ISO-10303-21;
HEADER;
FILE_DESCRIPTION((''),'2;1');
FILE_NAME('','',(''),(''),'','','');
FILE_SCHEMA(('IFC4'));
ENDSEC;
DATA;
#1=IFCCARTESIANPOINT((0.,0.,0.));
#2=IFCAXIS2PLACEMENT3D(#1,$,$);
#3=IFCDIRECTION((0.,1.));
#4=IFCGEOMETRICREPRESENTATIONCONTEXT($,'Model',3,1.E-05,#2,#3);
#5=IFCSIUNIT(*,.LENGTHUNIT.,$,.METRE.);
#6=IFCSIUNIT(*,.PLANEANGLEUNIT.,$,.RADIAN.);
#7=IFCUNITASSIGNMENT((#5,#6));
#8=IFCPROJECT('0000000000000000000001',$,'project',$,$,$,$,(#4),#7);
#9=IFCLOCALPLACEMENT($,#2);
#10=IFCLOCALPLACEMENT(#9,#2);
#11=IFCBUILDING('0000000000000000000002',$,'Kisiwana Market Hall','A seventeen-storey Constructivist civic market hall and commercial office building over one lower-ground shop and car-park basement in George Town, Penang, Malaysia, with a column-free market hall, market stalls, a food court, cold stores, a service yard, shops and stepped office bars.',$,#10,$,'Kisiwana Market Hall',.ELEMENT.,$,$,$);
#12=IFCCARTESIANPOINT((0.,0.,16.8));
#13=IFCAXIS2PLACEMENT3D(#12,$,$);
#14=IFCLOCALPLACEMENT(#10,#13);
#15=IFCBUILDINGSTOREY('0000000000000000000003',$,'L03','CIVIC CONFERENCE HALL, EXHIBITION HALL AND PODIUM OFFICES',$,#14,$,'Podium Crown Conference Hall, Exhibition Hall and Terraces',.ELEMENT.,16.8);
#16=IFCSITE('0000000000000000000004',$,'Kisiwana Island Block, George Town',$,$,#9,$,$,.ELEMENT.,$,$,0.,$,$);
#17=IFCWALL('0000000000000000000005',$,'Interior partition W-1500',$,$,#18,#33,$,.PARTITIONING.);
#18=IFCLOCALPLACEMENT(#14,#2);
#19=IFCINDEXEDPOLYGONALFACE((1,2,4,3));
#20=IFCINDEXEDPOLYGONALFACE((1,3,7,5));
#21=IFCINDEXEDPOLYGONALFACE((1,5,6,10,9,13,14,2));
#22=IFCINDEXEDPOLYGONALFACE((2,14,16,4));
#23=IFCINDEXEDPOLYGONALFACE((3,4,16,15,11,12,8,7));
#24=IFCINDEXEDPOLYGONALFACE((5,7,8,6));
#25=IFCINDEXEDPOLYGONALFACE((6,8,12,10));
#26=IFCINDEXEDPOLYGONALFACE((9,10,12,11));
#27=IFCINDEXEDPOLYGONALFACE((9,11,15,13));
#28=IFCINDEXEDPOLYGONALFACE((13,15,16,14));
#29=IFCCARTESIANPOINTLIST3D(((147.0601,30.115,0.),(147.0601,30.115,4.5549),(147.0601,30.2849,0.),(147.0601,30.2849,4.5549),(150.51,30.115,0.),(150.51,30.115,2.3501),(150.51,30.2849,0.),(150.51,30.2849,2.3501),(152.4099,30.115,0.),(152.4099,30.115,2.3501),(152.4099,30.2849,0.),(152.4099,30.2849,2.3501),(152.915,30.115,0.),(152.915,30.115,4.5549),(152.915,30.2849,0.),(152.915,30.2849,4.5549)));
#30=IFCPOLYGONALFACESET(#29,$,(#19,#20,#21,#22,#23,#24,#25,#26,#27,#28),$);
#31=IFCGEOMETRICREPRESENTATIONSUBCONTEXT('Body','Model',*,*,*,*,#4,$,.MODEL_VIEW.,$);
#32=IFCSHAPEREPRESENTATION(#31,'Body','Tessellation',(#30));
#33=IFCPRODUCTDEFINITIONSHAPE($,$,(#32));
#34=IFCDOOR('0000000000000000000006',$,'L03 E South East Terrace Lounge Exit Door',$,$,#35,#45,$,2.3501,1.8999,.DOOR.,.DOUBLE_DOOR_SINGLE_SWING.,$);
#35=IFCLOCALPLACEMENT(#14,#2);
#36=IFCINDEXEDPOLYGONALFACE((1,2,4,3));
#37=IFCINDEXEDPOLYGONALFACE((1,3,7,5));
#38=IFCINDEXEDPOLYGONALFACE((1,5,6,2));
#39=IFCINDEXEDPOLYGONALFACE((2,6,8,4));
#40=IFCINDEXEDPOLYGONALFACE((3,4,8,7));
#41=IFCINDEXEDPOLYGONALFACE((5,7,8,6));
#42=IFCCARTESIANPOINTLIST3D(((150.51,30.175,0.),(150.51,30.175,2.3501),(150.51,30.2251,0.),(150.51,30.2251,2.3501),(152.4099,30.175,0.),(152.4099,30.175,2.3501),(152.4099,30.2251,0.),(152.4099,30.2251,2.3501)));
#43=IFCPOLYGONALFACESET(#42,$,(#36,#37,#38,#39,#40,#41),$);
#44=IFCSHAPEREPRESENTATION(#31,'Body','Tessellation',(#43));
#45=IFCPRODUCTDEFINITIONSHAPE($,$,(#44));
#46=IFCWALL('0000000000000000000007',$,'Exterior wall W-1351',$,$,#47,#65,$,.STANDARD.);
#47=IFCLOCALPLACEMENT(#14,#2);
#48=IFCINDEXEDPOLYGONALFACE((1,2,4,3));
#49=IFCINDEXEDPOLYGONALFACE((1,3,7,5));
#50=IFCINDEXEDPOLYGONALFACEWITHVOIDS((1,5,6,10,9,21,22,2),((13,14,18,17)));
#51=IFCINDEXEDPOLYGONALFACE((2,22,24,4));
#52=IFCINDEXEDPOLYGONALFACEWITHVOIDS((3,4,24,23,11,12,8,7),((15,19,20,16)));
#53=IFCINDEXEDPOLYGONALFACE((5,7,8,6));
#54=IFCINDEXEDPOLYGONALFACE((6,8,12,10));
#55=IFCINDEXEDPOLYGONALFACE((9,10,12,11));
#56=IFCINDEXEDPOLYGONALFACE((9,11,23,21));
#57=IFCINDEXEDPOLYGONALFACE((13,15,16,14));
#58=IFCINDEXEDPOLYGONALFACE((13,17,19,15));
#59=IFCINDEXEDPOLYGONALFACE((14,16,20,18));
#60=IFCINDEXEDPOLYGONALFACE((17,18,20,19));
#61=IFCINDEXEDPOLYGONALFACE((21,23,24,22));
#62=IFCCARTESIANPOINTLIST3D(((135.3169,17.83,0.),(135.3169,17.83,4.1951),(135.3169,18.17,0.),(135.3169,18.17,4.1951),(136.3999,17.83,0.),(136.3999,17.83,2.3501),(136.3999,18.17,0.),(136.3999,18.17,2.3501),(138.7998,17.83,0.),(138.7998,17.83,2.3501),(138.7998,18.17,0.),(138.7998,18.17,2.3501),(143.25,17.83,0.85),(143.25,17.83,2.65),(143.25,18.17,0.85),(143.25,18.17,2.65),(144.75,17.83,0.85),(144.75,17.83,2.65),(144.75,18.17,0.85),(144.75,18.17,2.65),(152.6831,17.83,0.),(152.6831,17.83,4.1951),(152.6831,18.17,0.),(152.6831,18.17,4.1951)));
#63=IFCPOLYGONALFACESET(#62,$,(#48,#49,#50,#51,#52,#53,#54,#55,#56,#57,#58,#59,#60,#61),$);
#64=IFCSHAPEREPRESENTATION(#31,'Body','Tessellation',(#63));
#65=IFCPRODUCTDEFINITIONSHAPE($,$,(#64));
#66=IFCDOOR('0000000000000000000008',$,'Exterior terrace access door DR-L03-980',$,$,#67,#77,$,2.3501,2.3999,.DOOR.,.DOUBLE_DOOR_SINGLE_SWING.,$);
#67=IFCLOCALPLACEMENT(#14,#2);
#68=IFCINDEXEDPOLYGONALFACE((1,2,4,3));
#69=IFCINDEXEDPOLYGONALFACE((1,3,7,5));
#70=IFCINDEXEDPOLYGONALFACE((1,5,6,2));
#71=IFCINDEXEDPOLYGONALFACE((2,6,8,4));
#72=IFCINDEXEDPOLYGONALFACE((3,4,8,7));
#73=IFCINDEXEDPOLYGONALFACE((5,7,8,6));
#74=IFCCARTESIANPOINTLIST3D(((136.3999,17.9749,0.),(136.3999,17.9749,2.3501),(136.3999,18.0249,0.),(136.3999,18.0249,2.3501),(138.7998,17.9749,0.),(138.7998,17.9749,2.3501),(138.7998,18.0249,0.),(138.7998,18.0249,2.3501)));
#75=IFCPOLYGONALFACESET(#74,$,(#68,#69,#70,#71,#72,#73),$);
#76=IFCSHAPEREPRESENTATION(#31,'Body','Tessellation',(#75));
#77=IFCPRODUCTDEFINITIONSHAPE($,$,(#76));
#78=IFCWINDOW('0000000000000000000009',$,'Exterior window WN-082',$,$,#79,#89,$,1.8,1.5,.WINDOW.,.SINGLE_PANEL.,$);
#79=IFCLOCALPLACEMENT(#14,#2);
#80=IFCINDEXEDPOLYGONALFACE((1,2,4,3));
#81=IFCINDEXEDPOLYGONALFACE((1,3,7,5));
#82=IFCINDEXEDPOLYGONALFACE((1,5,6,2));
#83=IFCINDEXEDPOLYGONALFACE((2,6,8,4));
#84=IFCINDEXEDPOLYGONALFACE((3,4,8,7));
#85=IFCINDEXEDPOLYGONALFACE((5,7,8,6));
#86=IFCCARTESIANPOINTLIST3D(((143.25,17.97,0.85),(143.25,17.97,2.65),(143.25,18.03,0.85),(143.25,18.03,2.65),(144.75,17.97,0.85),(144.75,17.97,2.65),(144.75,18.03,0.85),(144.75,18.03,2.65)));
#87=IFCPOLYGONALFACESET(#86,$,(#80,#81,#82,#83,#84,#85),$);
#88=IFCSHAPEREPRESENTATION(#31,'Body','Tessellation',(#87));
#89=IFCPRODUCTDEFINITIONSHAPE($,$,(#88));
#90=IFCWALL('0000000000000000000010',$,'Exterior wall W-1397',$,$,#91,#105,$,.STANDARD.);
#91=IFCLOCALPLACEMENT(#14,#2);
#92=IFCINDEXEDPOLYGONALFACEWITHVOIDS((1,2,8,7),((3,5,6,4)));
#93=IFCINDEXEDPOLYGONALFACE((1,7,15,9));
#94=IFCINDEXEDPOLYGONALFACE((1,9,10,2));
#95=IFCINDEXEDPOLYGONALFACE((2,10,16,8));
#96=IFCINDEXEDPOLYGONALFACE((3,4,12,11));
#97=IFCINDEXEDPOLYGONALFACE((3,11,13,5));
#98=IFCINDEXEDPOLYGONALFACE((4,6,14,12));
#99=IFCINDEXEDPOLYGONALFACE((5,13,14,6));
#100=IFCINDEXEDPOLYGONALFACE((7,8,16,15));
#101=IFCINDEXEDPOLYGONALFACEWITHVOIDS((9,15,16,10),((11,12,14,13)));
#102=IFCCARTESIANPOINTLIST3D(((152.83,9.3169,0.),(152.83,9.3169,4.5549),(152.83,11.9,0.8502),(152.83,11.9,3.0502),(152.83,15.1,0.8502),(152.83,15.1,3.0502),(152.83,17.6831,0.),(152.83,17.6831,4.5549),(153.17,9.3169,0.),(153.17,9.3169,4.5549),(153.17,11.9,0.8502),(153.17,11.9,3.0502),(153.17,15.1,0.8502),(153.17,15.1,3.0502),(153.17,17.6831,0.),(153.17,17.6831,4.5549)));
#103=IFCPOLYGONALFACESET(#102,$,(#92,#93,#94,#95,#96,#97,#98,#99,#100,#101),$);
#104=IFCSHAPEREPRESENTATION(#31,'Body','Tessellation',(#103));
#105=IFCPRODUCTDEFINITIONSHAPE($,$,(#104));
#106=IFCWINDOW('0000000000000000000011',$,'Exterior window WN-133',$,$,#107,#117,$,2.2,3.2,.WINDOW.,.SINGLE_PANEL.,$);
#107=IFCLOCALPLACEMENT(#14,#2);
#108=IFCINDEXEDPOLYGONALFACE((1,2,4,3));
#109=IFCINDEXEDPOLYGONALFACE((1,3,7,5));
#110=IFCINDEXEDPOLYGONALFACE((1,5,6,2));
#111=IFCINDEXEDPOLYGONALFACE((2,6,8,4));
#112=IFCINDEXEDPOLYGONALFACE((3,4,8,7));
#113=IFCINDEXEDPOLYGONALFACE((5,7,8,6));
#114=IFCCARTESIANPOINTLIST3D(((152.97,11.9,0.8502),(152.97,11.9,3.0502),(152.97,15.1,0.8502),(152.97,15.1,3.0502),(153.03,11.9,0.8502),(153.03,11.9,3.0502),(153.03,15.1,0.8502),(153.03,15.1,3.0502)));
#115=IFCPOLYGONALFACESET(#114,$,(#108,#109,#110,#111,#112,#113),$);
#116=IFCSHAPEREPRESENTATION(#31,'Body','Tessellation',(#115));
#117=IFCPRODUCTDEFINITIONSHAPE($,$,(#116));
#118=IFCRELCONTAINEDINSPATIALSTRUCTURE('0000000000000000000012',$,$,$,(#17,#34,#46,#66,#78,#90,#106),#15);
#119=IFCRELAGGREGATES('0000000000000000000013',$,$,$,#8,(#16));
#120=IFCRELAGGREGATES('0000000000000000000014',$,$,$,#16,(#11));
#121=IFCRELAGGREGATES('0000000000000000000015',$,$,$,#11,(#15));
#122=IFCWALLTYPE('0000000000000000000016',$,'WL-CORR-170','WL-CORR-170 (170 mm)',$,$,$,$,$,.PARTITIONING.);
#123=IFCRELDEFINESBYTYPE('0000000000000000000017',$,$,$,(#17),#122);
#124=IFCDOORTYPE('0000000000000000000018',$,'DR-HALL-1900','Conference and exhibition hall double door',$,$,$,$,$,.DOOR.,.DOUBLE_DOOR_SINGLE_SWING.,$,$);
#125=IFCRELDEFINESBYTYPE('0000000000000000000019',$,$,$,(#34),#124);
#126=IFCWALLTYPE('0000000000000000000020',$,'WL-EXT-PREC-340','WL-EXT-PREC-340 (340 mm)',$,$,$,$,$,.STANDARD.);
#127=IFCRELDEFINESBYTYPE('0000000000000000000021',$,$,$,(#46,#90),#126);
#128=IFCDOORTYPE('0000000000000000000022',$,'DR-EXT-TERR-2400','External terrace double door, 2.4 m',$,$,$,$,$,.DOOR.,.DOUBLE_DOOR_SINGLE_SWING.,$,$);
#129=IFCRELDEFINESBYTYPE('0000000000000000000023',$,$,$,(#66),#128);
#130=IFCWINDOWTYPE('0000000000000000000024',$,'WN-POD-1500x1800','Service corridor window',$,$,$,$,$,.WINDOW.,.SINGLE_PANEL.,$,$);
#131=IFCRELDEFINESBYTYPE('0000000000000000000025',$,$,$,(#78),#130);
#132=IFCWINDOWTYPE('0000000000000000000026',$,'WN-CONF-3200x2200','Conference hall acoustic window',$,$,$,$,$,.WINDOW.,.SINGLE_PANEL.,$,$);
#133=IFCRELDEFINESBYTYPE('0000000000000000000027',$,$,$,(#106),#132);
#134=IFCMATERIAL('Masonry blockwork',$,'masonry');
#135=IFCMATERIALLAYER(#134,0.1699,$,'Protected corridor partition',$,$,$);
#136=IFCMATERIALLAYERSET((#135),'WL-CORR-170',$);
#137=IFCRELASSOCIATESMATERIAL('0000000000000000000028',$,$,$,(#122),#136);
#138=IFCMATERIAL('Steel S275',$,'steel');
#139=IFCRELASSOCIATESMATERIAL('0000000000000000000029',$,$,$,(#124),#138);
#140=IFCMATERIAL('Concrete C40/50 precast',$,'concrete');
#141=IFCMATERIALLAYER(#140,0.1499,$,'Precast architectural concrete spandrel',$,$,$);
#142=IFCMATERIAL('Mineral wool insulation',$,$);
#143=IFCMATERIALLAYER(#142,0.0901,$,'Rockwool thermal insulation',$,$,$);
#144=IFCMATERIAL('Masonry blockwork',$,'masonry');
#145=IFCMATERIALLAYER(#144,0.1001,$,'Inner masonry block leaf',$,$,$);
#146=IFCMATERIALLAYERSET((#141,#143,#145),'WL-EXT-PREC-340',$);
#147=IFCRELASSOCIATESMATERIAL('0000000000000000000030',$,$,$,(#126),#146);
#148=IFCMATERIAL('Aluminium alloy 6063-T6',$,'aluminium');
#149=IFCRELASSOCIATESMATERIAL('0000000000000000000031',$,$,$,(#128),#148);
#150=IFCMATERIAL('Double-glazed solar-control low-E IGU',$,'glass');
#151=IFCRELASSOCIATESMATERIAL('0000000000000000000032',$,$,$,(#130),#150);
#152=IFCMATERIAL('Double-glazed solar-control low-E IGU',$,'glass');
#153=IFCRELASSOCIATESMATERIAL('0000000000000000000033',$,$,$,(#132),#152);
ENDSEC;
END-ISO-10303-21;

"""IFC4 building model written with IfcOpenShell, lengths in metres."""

from ifc_helpers import new_model, si_unit, direction, frame, frame_2d, origin, place, context, subcontext, project, spatial, rectangle, extrude, material, layer, layer_set, type_object, element, fill, save


model = new_model("IFC4")

# Units and contexts
model_context = context("Model", 3, precision=1e-05, world=origin(), true_north=direction((0.0, 1.0)))
body_context = subcontext(model_context, "Body", "Model", "MODEL_VIEW")
ifc_project = project(units=[si_unit("LENGTHUNIT", "METRE"), si_unit("PLANEANGLEUNIT", "RADIAN")], contexts=[model_context])

# Site, building, storey
site_placement = place(None, origin())
site = spatial("IfcSite", under=ifc_project, at=site_placement, Name="Kisiwana Island Block, George Town", CompositionType="ELEMENT", RefElevation=0.0)
building_placement = place(site_placement, origin())
building = spatial("IfcBuilding", under=site, at=building_placement, Name="Kisiwana Market Hall", Description="A seventeen-storey Constructivist civic market hall and commercial office building over one lower-ground shop and car-park basement in George Town, Penang, Malaysia, with a column-free market hall, market stalls, a food court, cold stores, a service yard, shops and stepped office bars.", LongName="Kisiwana Market Hall", CompositionType="ELEMENT")
storey_placement = place(building_placement, frame((0.0, 0.0, 16.8)))
storey = spatial("IfcBuildingStorey", under=building, at=storey_placement, Name="L03", Description="CIVIC CONFERENCE HALL, EXHIBITION HALL AND PODIUM OFFICES", LongName="Podium Crown Conference Hall, Exhibition Hall and Terraces", CompositionType="ELEMENT", Elevation=16.8)

# Wall, opening, door
ifc_material_1 = material(Name="Masonry blockwork", Category="masonry")
ifc_layer_1 = layer(ifc_material_1, 0.1699, Name="Protected corridor partition")
ifc_layer_set_1 = layer_set([ifc_layer_1], Name="WL-CORR-170")
wall_type_1 = type_object("IfcWallType", Name="WL-CORR-170", Description="WL-CORR-170 (170 mm)", PredefinedType="PARTITIONING", material=ifc_layer_set_1)
wall_1_placement = place(storey_placement, frame((147.0601, 30.2, 0.0), z_axis=(0.0, 0.0, 1.0), x_axis=(1.0, 0.0, 0.0)))
wall_1 = element("IfcWall", 1, at=wall_1_placement, inside=storey, type_object=wall_type_1, Name="Interior partition W-1500", PredefinedType="PARTITIONING", context=body_context, shape_type="SweptSolid", body=[
    extrude(rectangle(XDim=5.855, YDim=0.1699, at=frame_2d((2.9275, 0.0))), origin(), (0.0, 0.0, 1.0), 4.5549),
])
opening_1_placement = place(wall_1_placement, frame((3.45, 0.0, 0.0)))
opening_1 = element("IfcOpeningElement", 2, at=opening_1_placement, cuts=wall_1, PredefinedType="OPENING", context=body_context, shape_type="SweptSolid", body=[
    extrude(rectangle(XDim=1.8999, YDim=2.3501, at=frame_2d((0.95, 1.175))), frame((0.0, 0.0969, 0.0), z_axis=(0.0, -1.0, 0.0), x_axis=(1.0, 0.0, 0.0)), (0.0, 0.0, 1.0), 0.1938),
])
ifc_material_2 = material(Name="Steel S275", Category="steel")
door_type_1 = type_object("IfcDoorType", Name="DR-HALL-1900", Description="Conference and exhibition hall double door", OperationType="DOUBLE_DOOR_SINGLE_SWING", PredefinedType="DOOR", material=ifc_material_2)
door_1_placement = place(opening_1_placement, frame((1.8999, 0.0, 0.0), z_axis=(0.0, 0.0, 1.0), x_axis=(-1.0, 0.0, 0.0)))
door_1 = element("IfcDoor", 3, at=door_1_placement, inside=storey, type_object=door_type_1, Name="L03 E South East Terrace Lounge Exit Door", OperationType="DOUBLE_DOOR_SINGLE_SWING", OverallHeight=2.3501, OverallWidth=1.8999, PredefinedType="DOOR", context=body_context, shape_type="SweptSolid", body=[
    extrude(rectangle(XDim=1.8999, YDim=2.3501, at=frame_2d((0.95, 1.175))), frame((0.0, 0.0249, 0.0), z_axis=(0.0, -1.0, 0.0), x_axis=(1.0, 0.0, 0.0)), (0.0, 0.0, 1.0), 0.05),
])
fill(opening_1, door_1)

# Wall, openings, door, window
ifc_material_3 = material(Name="Concrete C40/50 precast", Category="concrete")
ifc_layer_2 = layer(ifc_material_3, 0.1499, Name="Precast architectural concrete spandrel")
ifc_material_4 = material(Name="Mineral wool insulation")
ifc_layer_3 = layer(ifc_material_4, 0.0901, Name="Rockwool thermal insulation")
ifc_material_5 = material(Name="Masonry blockwork", Category="masonry")
ifc_layer_4 = layer(ifc_material_5, 0.1001, Name="Inner masonry block leaf")
ifc_layer_set_2 = layer_set([ifc_layer_2, ifc_layer_3, ifc_layer_4], Name="WL-EXT-PREC-340")
wall_type_2 = type_object("IfcWallType", Name="WL-EXT-PREC-340", Description="WL-EXT-PREC-340 (340 mm)", PredefinedType="STANDARD", material=ifc_layer_set_2)
wall_2_placement = place(storey_placement, frame((135.3169, 18.0, 0.0), z_axis=(0.0, 0.0, 1.0), x_axis=(1.0, 0.0, 0.0)))
wall_2 = element("IfcWall", 4, at=wall_2_placement, inside=storey, type_object=wall_type_2, Name="Exterior wall W-1351", PredefinedType="STANDARD", context=body_context, shape_type="SweptSolid", body=[
    extrude(rectangle(XDim=17.3662, YDim=0.3401, at=frame_2d((8.6831, 0.0))), origin(), (0.0, 0.0, 1.0), 4.1951),
])
opening_2_placement = place(wall_2_placement, frame((7.9331, 0.0, 0.8501)))
opening_2 = element("IfcOpeningElement", 5, at=opening_2_placement, cuts=wall_2, PredefinedType="OPENING", context=body_context, shape_type="SweptSolid", body=[
    extrude(rectangle(XDim=1.5, YDim=1.8, at=frame_2d((0.75, 0.8999))), frame((0.0, 0.1821, 0.0), z_axis=(0.0, -1.0, 0.0), x_axis=(1.0, 0.0, 0.0)), (0.0, 0.0, 1.0), 0.364),
])
opening_3_placement = place(wall_2_placement, frame((1.083, 0.0, 0.0)))
opening_3 = element("IfcOpeningElement", 6, at=opening_3_placement, cuts=wall_2, PredefinedType="OPENING", context=body_context, shape_type="SweptSolid", body=[
    extrude(rectangle(XDim=2.3999, YDim=2.3501, at=frame_2d((1.2, 1.175))), frame((0.0, 0.1821, 0.0), z_axis=(0.0, -1.0, 0.0), x_axis=(1.0, 0.0, 0.0)), (0.0, 0.0, 1.0), 0.364),
])
ifc_material_6 = material(Name="Aluminium alloy 6063-T6", Category="aluminium")
door_type_2 = type_object("IfcDoorType", Name="DR-EXT-TERR-2400", Description="External terrace double door, 2.4 m", OperationType="DOUBLE_DOOR_SINGLE_SWING", PredefinedType="DOOR", material=ifc_material_6)
door_2_placement = place(opening_3_placement, origin())
door_2 = element("IfcDoor", 7, at=door_2_placement, inside=storey, type_object=door_type_2, Name="Exterior terrace access door DR-L03-980", OperationType="DOUBLE_DOOR_SINGLE_SWING", OverallHeight=2.3501, OverallWidth=2.3999, PredefinedType="DOOR", context=body_context, shape_type="SweptSolid", body=[
    extrude(rectangle(XDim=2.3999, YDim=2.3501, at=frame_2d((1.2, 1.175))), frame((0.0, 0.0249, 0.0), z_axis=(0.0, -1.0, 0.0), x_axis=(1.0, 0.0, 0.0)), (0.0, 0.0, 1.0), 0.05),
])
fill(opening_3, door_2)
ifc_material_7 = material(Name="Double-glazed solar-control low-E IGU", Category="glass")
window_type_1 = type_object("IfcWindowType", Name="WN-POD-1500x1800", Description="Service corridor window", PartitioningType="SINGLE_PANEL", PredefinedType="WINDOW", material=ifc_material_7)
window_1_placement = place(opening_2_placement, origin())
window_1 = element("IfcWindow", 8, at=window_1_placement, inside=storey, type_object=window_type_1, Name="Exterior window WN-082", OverallHeight=1.8, OverallWidth=1.5, PartitioningType="SINGLE_PANEL", PredefinedType="WINDOW", context=body_context, shape_type="SweptSolid", body=[
    extrude(rectangle(XDim=1.5, YDim=1.8, at=frame_2d((0.75, 0.8999))), frame((0.0, 0.03, 0.0), z_axis=(0.0, -1.0, 0.0), x_axis=(1.0, 0.0, 0.0)), (0.0, 0.0, 1.0), 0.0601),
])
fill(opening_2, window_1)

# Wall, opening, window
wall_3_placement = place(storey_placement, frame((153.0, 9.3169, 0.0), z_axis=(0.0, 0.0, 1.0), x_axis=(0.0, 1.0, 0.0)))
wall_3 = element("IfcWall", 9, at=wall_3_placement, inside=storey, type_object=wall_type_2, Name="Exterior wall W-1397", PredefinedType="STANDARD", context=body_context, shape_type="SweptSolid", body=[
    extrude(rectangle(XDim=8.3662, YDim=0.3401, at=frame_2d((4.1831, 0.0))), origin(), (0.0, 0.0, 1.0), 4.5549),
])
opening_4_placement = place(wall_3_placement, frame((2.583, 0.0, 0.8501)))
opening_4 = element("IfcOpeningElement", 10, at=opening_4_placement, cuts=wall_3, PredefinedType="OPENING", context=body_context, shape_type="SweptSolid", body=[
    extrude(rectangle(XDim=3.2, YDim=2.2, at=frame_2d((1.6001, 1.1001))), frame((0.0, 0.1821, 0.0), z_axis=(0.0, -1.0, 0.0), x_axis=(1.0, 0.0, 0.0)), (0.0, 0.0, 1.0), 0.364),
])
ifc_material_8 = material(Name="Double-glazed solar-control low-E IGU", Category="glass")
window_type_2 = type_object("IfcWindowType", Name="WN-CONF-3200x2200", Description="Conference hall acoustic window", PartitioningType="SINGLE_PANEL", PredefinedType="WINDOW", material=ifc_material_8)
window_2_placement = place(opening_4_placement, origin())
window_2 = element("IfcWindow", 11, at=window_2_placement, inside=storey, type_object=window_type_2, Name="Exterior window WN-133", OverallHeight=2.2, OverallWidth=3.2, PartitioningType="SINGLE_PANEL", PredefinedType="WINDOW", context=body_context, shape_type="SweptSolid", body=[
    extrude(rectangle(XDim=3.2, YDim=2.2, at=frame_2d((1.6001, 1.1001))), frame((0.0, 0.03, 0.0), z_axis=(0.0, -1.0, 0.0), x_axis=(1.0, 0.0, 0.0)), (0.0, 0.0, 1.0), 0.0601),
])
fill(opening_4, window_2)

save(model, "model.ifc")
